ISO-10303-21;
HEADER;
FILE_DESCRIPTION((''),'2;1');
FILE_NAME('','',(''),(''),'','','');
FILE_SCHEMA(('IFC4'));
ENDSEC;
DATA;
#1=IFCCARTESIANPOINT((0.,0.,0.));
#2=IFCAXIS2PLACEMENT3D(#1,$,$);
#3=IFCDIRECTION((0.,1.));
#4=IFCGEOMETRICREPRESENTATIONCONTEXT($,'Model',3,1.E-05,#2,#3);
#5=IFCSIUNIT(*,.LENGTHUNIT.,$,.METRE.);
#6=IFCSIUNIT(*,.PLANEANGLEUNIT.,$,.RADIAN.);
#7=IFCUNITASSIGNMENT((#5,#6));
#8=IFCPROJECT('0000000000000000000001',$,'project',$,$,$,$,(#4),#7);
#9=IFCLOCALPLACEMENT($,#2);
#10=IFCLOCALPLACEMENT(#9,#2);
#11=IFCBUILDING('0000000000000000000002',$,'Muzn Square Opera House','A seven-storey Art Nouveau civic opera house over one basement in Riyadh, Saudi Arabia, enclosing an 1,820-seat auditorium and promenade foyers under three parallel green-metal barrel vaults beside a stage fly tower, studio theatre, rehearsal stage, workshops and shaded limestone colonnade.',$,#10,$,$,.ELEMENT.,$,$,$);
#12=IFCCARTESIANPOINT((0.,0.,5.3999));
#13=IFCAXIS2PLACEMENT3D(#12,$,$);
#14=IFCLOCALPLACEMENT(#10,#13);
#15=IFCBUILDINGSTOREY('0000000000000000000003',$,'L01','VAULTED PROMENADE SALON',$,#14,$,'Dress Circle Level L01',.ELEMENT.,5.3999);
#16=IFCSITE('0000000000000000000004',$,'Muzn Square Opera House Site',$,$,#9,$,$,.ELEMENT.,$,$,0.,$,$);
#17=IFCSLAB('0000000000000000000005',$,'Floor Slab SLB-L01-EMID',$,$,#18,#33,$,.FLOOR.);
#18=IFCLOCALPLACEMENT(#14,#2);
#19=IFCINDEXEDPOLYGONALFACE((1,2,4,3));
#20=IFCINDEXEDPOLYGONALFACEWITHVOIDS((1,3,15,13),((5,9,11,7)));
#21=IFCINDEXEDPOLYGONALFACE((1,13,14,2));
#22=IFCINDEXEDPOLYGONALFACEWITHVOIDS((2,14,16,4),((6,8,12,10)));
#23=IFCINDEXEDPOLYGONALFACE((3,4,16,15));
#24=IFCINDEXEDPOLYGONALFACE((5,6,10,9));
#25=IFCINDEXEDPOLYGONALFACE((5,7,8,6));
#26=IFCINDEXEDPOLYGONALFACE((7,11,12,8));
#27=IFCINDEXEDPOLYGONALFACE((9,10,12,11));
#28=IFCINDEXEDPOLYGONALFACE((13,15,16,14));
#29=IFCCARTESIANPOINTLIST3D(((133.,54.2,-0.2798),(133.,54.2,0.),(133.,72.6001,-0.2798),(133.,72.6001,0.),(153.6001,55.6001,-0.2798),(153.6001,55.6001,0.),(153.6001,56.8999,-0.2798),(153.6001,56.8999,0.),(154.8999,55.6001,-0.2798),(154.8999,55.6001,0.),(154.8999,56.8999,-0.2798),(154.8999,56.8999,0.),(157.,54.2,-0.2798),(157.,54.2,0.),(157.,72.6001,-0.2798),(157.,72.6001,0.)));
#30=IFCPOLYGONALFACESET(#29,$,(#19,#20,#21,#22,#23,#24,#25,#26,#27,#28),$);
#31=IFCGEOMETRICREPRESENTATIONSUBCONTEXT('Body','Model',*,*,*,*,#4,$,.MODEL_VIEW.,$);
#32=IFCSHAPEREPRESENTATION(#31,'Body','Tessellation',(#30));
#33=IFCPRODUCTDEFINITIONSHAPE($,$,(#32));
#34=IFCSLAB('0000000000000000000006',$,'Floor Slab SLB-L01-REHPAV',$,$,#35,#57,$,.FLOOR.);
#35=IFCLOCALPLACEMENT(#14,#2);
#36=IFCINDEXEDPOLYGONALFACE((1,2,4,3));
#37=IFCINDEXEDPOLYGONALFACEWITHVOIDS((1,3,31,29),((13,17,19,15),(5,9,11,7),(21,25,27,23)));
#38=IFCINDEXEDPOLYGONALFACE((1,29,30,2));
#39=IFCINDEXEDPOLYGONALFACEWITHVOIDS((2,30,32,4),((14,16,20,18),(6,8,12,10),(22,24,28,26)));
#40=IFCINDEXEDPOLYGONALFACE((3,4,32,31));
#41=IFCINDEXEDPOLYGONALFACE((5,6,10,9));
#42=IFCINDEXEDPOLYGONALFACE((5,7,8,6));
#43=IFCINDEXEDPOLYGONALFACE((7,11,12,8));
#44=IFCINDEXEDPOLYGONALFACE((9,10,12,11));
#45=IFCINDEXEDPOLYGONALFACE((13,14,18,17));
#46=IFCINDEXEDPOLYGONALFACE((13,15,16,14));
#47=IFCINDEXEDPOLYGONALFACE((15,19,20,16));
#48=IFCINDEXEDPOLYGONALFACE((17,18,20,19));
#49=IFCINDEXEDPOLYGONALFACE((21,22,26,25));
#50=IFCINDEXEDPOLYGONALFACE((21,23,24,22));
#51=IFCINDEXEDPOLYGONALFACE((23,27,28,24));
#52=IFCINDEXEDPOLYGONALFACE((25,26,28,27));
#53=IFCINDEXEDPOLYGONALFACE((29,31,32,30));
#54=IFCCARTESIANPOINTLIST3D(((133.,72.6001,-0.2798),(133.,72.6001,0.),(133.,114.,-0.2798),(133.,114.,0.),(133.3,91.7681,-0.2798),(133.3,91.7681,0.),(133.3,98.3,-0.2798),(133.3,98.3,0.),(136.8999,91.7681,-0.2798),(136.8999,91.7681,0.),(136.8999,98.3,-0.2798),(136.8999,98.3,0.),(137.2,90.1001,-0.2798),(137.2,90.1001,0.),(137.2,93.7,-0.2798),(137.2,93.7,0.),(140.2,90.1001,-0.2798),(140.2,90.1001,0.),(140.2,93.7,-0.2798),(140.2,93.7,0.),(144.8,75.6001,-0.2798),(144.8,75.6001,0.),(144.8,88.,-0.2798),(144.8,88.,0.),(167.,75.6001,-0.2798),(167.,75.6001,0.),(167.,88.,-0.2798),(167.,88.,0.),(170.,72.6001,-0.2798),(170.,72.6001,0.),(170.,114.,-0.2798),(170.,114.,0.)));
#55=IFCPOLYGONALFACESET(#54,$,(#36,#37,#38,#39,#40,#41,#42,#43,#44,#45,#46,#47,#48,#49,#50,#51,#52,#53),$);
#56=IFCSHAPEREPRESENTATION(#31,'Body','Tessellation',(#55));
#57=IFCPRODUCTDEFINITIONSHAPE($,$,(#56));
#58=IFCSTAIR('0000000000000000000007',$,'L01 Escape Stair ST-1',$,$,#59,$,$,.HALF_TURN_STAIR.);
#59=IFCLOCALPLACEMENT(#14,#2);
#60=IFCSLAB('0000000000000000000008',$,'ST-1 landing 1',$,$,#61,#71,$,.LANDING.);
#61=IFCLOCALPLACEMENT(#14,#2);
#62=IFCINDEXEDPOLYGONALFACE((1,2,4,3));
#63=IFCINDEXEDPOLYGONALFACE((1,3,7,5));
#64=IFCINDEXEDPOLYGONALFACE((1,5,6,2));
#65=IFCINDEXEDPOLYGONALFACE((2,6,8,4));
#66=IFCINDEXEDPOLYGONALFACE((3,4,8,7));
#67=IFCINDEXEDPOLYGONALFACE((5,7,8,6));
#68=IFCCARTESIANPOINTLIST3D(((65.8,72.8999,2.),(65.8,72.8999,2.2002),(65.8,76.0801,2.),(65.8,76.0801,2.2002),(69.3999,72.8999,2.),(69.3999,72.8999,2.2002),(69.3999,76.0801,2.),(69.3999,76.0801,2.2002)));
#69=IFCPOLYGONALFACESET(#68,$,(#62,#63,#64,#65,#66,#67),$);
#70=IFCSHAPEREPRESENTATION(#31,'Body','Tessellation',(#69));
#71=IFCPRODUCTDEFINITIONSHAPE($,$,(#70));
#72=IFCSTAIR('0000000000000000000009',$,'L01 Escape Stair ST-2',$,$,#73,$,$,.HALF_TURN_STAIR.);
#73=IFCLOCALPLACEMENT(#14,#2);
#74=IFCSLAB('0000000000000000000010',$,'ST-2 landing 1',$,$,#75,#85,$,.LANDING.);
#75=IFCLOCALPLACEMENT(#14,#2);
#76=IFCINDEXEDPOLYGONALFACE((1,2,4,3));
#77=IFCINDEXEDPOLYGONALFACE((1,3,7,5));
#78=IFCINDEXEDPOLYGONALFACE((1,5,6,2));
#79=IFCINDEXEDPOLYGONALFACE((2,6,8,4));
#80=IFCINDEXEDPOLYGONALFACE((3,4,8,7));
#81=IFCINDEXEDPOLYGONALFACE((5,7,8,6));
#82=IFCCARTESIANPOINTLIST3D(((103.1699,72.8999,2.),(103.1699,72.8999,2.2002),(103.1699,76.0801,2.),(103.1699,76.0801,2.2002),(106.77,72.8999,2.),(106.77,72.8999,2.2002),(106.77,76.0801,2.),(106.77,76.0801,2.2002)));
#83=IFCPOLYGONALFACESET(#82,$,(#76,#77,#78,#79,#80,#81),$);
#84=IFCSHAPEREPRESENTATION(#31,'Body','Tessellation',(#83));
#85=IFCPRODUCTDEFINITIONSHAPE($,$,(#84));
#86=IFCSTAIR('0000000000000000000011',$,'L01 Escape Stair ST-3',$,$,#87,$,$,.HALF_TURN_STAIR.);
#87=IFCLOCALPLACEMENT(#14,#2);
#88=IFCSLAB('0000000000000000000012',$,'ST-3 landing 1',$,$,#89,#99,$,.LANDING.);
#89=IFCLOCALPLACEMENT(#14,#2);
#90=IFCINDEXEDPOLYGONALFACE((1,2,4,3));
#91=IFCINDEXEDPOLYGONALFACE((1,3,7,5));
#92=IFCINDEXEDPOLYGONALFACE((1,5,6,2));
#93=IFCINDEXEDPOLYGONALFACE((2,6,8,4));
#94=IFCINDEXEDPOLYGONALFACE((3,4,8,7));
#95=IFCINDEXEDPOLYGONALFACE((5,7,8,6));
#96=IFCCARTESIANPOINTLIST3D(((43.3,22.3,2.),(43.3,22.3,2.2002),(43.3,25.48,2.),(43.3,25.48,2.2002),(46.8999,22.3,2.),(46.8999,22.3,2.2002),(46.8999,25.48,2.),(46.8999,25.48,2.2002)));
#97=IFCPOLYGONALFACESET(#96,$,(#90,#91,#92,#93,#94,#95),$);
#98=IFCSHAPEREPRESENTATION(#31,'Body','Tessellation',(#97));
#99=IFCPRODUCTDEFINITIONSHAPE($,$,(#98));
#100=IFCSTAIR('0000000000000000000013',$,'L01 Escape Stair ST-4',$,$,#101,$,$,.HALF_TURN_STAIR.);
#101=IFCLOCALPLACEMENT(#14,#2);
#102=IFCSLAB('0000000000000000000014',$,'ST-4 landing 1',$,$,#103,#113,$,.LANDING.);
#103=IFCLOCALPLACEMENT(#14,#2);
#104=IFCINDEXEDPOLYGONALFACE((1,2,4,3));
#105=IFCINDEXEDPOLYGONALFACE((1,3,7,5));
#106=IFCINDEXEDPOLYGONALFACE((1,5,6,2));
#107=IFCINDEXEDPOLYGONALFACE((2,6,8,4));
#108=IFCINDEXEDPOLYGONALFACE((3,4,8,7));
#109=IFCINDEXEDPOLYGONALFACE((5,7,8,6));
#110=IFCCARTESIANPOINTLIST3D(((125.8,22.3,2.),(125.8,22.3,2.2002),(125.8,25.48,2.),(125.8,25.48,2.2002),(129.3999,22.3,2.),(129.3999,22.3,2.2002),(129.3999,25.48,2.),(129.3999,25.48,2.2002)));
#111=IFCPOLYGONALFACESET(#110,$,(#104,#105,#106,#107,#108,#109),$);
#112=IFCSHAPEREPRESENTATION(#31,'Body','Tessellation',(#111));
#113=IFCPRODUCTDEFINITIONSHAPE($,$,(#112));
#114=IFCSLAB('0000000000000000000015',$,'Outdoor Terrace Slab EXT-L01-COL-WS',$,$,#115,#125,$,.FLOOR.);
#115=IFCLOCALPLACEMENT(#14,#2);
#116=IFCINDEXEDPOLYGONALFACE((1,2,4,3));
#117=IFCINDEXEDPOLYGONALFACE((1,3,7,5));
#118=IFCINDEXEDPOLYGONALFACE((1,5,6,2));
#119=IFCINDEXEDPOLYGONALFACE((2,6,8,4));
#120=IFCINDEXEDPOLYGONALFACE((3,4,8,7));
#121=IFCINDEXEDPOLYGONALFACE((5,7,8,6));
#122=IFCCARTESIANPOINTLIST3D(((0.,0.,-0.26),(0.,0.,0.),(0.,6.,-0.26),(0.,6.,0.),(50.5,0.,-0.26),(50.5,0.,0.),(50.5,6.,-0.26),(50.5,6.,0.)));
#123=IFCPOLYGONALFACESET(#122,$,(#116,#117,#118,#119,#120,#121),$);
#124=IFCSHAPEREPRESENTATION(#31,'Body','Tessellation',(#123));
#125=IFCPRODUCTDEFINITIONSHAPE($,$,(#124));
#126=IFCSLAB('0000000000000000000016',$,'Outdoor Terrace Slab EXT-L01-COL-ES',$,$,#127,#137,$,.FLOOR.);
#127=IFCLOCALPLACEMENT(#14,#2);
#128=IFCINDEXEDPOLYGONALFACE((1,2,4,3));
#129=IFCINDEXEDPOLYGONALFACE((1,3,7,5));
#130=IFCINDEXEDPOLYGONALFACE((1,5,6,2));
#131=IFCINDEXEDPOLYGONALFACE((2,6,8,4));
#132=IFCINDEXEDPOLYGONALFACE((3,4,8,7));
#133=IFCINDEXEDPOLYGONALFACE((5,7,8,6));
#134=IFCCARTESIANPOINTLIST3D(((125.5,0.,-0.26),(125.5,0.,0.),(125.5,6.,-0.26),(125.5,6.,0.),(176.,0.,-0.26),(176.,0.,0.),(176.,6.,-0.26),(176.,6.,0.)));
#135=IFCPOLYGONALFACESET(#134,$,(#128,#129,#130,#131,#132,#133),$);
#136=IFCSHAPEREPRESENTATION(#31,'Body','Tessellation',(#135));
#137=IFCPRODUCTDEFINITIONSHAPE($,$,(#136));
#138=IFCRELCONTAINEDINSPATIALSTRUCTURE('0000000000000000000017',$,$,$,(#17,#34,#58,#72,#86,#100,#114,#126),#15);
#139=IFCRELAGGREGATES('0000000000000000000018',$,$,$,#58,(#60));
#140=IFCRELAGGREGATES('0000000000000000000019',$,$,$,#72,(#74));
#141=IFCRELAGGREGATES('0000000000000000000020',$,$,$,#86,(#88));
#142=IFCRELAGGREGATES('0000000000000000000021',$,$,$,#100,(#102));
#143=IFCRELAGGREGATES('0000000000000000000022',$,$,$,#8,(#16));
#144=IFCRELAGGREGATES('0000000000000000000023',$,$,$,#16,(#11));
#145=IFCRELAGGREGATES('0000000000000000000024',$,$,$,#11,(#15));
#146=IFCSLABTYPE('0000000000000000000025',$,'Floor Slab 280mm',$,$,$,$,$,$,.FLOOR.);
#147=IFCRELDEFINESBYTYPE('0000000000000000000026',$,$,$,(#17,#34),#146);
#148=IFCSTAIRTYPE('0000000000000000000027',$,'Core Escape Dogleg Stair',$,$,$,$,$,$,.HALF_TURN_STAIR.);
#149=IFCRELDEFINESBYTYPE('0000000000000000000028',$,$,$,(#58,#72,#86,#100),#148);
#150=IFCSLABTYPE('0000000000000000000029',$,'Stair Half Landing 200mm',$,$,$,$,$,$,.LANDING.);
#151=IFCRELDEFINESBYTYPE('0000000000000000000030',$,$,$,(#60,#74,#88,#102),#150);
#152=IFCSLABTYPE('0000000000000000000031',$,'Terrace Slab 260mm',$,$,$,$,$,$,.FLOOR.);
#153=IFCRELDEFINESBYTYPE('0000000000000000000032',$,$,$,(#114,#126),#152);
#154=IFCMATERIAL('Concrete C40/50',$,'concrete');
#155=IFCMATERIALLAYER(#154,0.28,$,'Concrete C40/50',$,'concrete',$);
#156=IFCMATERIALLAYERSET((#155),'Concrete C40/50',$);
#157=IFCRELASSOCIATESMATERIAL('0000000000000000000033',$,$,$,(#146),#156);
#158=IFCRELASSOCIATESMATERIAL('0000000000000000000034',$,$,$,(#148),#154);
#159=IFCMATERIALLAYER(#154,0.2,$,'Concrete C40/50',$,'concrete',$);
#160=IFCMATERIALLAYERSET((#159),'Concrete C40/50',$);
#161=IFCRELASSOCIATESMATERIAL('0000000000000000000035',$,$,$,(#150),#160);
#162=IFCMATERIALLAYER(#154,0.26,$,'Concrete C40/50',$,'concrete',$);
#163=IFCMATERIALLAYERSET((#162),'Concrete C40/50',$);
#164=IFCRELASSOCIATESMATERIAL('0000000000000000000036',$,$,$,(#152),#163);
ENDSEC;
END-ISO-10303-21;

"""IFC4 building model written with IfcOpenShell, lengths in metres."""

from ifc_helpers import new_model, si_unit, direction, frame, origin, place, context, subcontext, project, spatial, polyline, outline, extrude, material, layer, layer_set, type_object, element, aggregate, save


model = new_model("IFC4")

# Units and contexts
model_context = context("Model", 3, precision=1e-05, world=origin(), true_north=direction((0.0, 1.0)))
body_context = subcontext(model_context, "Body", "Model", "MODEL_VIEW")
ifc_project = project(units=[si_unit("LENGTHUNIT", "METRE"), si_unit("PLANEANGLEUNIT", "RADIAN")], contexts=[model_context])

# Site, building, storey
site_placement = place(None, origin())
site = spatial("IfcSite", under=ifc_project, at=site_placement, Name="Muzn Square Opera House Site", CompositionType="ELEMENT", RefElevation=0.0)
building_placement = place(site_placement, origin())
building = spatial("IfcBuilding", under=site, at=building_placement, Name="Muzn Square Opera House", Description="A seven-storey Art Nouveau civic opera house over one basement in Riyadh, Saudi Arabia, enclosing an 1,820-seat auditorium and promenade foyers under three parallel green-metal barrel vaults beside a stage fly tower, studio theatre, rehearsal stage, workshops and shaded limestone colonnade.", CompositionType="ELEMENT")
storey_placement = place(building_placement, frame((0.0, 0.0, 5.3999)))
storey = spatial("IfcBuildingStorey", under=building, at=storey_placement, Name="L01", Description="VAULTED PROMENADE SALON", LongName="Dress Circle Level L01", CompositionType="ELEMENT", Elevation=5.3999)

# Slabs
ifc_material_1 = material(Name="Concrete C40/50", Category="concrete")
ifc_layer_1 = layer(ifc_material_1, 0.28, Name="Concrete C40/50", Category="concrete")
ifc_layer_set_1 = layer_set([ifc_layer_1], Name="Concrete C40/50")
slab_type_1 = type_object("IfcSlabType", Name="Floor Slab 280mm", PredefinedType="FLOOR", material=ifc_layer_set_1)
slab_1_placement = place(storey_placement, frame((0.0, 0.0, -0.2798)))
element("IfcSlab", 1, at=slab_1_placement, inside=storey, type_object=slab_type_1, Name="Floor Slab SLB-L01-EMID", PredefinedType="FLOOR", context=body_context, shape_type="SweptSolid", body=[
    extrude(outline(polyline([(133.0, 54.2), (157.0, 54.2), (157.0, 72.6001), (133.0, 72.6001), (133.0, 54.2)]), holes=[polyline([(153.6001, 55.6001), (154.8999, 55.6001), (154.8999, 56.8999), (153.6001, 56.8999), (153.6001, 55.6001)])]), origin(), (0.0, 0.0, 1.0), 0.2798),
])
slab_2_placement = place(storey_placement, frame((0.0, 0.0, -0.2798)))
element("IfcSlab", 2, at=slab_2_placement, inside=storey, type_object=slab_type_1, Name="Floor Slab SLB-L01-REHPAV", PredefinedType="FLOOR", context=body_context, shape_type="SweptSolid", body=[
    extrude(outline(polyline([(133.0, 72.6001), (170.0, 72.6001), (170.0, 114.0), (133.0, 114.0), (133.0, 72.6001)]), holes=[polyline([(144.8, 75.6001), (167.0, 75.6001), (167.0, 88.0), (144.8, 88.0), (144.8, 75.6001)]), polyline([(133.3, 91.7681), (136.8999, 91.7681), (136.8999, 98.3), (133.3, 98.3), (133.3, 91.7681)]), polyline([(137.2, 90.1001), (140.2, 90.1001), (140.2, 93.7), (137.2, 93.7), (137.2, 90.1001)])]), origin(), (0.0, 0.0, 1.0), 0.2798),
])

# Stairs, slabs
stair_type = type_object("IfcStairType", Name="Core Escape Dogleg Stair", PredefinedType="HALF_TURN_STAIR", material=ifc_material_1)
stair_1_placement = place(storey_placement, origin())
stair_1 = element("IfcStair", 3, at=stair_1_placement, inside=storey, type_object=stair_type, Name="L01 Escape Stair ST-1", PredefinedType="HALF_TURN_STAIR")
ifc_layer_2 = layer(ifc_material_1, 0.2, Name="Concrete C40/50", Category="concrete")
ifc_layer_set_2 = layer_set([ifc_layer_2], Name="Concrete C40/50")
slab_type_2 = type_object("IfcSlabType", Name="Stair Half Landing 200mm", PredefinedType="LANDING", material=ifc_layer_set_2)
slab_3_placement = place(storey_placement, frame((0.0, 0.0, 2.0)))
slab_3 = element("IfcSlab", 4, at=slab_3_placement, type_object=slab_type_2, Name="ST-1 landing 1", PredefinedType="LANDING", context=body_context, shape_type="SweptSolid", body=[
    extrude(outline(polyline([(65.8, 76.0801), (65.8, 72.8999), (69.3999, 72.8999), (69.3999, 76.0801), (65.8, 76.0801)])), origin(), (0.0, 0.0, 1.0), 0.2002),
])
aggregate(stair_1, [slab_3])
stair_2_placement = place(storey_placement, origin())
stair_2 = element("IfcStair", 5, at=stair_2_placement, inside=storey, type_object=stair_type, Name="L01 Escape Stair ST-2", PredefinedType="HALF_TURN_STAIR")
slab_4_placement = place(storey_placement, frame((0.0, 0.0, 2.0)))
slab_4 = element("IfcSlab", 6, at=slab_4_placement, type_object=slab_type_2, Name="ST-2 landing 1", PredefinedType="LANDING", context=body_context, shape_type="SweptSolid", body=[
    extrude(outline(polyline([(103.1699, 76.0801), (103.1699, 72.8999), (106.77, 72.8999), (106.77, 76.0801), (103.1699, 76.0801)])), origin(), (0.0, 0.0, 1.0), 0.2002),
])
aggregate(stair_2, [slab_4])
stair_3_placement = place(storey_placement, origin())
stair_3 = element("IfcStair", 7, at=stair_3_placement, inside=storey, type_object=stair_type, Name="L01 Escape Stair ST-3", PredefinedType="HALF_TURN_STAIR")
slab_5_placement = place(storey_placement, frame((0.0, 0.0, 2.0)))
slab_5 = element("IfcSlab", 8, at=slab_5_placement, type_object=slab_type_2, Name="ST-3 landing 1", PredefinedType="LANDING", context=body_context, shape_type="SweptSolid", body=[
    extrude(outline(polyline([(43.3, 25.48), (43.3, 22.3), (46.8999, 22.3), (46.8999, 25.48), (43.3, 25.48)])), origin(), (0.0, 0.0, 1.0), 0.2002),
])
aggregate(stair_3, [slab_5])
stair_4_placement = place(storey_placement, origin())
stair_4 = element("IfcStair", 9, at=stair_4_placement, inside=storey, type_object=stair_type, Name="L01 Escape Stair ST-4", PredefinedType="HALF_TURN_STAIR")
slab_6_placement = place(storey_placement, frame((0.0, 0.0, 2.0)))
slab_6 = element("IfcSlab", 10, at=slab_6_placement, type_object=slab_type_2, Name="ST-4 landing 1", PredefinedType="LANDING", context=body_context, shape_type="SweptSolid", body=[
    extrude(outline(polyline([(125.8, 25.48), (125.8, 22.3), (129.3999, 22.3), (129.3999, 25.48), (125.8, 25.48)])), origin(), (0.0, 0.0, 1.0), 0.2002),
])
aggregate(stair_4, [slab_6])

# Slabs
ifc_layer_3 = layer(ifc_material_1, 0.26, Name="Concrete C40/50", Category="concrete")
ifc_layer_set_3 = layer_set([ifc_layer_3], Name="Concrete C40/50")
slab_type_3 = type_object("IfcSlabType", Name="Terrace Slab 260mm", PredefinedType="FLOOR", material=ifc_layer_set_3)
slab_7_placement = place(storey_placement, frame((0.0, 0.0, -0.26)))
element("IfcSlab", 11, at=slab_7_placement, inside=storey, type_object=slab_type_3, Name="Outdoor Terrace Slab EXT-L01-COL-WS", PredefinedType="FLOOR", context=body_context, shape_type="SweptSolid", body=[
    extrude(outline(polyline([(0.0, 0.0), (50.5, 0.0), (50.5, 6.0), (0.0, 6.0), (0.0, 0.0)])), origin(), (0.0, 0.0, 1.0), 0.26),
])
slab_8_placement = place(storey_placement, frame((0.0, 0.0, -0.26)))
element("IfcSlab", 12, at=slab_8_placement, inside=storey, type_object=slab_type_3, Name="Outdoor Terrace Slab EXT-L01-COL-ES", PredefinedType="FLOOR", context=body_context, shape_type="SweptSolid", body=[
    extrude(outline(polyline([(125.5, 0.0), (176.0, 0.0), (176.0, 6.0), (125.5, 6.0), (125.5, 0.0)])), origin(), (0.0, 0.0, 1.0), 0.26),
])

save(model, "model.ifc")
